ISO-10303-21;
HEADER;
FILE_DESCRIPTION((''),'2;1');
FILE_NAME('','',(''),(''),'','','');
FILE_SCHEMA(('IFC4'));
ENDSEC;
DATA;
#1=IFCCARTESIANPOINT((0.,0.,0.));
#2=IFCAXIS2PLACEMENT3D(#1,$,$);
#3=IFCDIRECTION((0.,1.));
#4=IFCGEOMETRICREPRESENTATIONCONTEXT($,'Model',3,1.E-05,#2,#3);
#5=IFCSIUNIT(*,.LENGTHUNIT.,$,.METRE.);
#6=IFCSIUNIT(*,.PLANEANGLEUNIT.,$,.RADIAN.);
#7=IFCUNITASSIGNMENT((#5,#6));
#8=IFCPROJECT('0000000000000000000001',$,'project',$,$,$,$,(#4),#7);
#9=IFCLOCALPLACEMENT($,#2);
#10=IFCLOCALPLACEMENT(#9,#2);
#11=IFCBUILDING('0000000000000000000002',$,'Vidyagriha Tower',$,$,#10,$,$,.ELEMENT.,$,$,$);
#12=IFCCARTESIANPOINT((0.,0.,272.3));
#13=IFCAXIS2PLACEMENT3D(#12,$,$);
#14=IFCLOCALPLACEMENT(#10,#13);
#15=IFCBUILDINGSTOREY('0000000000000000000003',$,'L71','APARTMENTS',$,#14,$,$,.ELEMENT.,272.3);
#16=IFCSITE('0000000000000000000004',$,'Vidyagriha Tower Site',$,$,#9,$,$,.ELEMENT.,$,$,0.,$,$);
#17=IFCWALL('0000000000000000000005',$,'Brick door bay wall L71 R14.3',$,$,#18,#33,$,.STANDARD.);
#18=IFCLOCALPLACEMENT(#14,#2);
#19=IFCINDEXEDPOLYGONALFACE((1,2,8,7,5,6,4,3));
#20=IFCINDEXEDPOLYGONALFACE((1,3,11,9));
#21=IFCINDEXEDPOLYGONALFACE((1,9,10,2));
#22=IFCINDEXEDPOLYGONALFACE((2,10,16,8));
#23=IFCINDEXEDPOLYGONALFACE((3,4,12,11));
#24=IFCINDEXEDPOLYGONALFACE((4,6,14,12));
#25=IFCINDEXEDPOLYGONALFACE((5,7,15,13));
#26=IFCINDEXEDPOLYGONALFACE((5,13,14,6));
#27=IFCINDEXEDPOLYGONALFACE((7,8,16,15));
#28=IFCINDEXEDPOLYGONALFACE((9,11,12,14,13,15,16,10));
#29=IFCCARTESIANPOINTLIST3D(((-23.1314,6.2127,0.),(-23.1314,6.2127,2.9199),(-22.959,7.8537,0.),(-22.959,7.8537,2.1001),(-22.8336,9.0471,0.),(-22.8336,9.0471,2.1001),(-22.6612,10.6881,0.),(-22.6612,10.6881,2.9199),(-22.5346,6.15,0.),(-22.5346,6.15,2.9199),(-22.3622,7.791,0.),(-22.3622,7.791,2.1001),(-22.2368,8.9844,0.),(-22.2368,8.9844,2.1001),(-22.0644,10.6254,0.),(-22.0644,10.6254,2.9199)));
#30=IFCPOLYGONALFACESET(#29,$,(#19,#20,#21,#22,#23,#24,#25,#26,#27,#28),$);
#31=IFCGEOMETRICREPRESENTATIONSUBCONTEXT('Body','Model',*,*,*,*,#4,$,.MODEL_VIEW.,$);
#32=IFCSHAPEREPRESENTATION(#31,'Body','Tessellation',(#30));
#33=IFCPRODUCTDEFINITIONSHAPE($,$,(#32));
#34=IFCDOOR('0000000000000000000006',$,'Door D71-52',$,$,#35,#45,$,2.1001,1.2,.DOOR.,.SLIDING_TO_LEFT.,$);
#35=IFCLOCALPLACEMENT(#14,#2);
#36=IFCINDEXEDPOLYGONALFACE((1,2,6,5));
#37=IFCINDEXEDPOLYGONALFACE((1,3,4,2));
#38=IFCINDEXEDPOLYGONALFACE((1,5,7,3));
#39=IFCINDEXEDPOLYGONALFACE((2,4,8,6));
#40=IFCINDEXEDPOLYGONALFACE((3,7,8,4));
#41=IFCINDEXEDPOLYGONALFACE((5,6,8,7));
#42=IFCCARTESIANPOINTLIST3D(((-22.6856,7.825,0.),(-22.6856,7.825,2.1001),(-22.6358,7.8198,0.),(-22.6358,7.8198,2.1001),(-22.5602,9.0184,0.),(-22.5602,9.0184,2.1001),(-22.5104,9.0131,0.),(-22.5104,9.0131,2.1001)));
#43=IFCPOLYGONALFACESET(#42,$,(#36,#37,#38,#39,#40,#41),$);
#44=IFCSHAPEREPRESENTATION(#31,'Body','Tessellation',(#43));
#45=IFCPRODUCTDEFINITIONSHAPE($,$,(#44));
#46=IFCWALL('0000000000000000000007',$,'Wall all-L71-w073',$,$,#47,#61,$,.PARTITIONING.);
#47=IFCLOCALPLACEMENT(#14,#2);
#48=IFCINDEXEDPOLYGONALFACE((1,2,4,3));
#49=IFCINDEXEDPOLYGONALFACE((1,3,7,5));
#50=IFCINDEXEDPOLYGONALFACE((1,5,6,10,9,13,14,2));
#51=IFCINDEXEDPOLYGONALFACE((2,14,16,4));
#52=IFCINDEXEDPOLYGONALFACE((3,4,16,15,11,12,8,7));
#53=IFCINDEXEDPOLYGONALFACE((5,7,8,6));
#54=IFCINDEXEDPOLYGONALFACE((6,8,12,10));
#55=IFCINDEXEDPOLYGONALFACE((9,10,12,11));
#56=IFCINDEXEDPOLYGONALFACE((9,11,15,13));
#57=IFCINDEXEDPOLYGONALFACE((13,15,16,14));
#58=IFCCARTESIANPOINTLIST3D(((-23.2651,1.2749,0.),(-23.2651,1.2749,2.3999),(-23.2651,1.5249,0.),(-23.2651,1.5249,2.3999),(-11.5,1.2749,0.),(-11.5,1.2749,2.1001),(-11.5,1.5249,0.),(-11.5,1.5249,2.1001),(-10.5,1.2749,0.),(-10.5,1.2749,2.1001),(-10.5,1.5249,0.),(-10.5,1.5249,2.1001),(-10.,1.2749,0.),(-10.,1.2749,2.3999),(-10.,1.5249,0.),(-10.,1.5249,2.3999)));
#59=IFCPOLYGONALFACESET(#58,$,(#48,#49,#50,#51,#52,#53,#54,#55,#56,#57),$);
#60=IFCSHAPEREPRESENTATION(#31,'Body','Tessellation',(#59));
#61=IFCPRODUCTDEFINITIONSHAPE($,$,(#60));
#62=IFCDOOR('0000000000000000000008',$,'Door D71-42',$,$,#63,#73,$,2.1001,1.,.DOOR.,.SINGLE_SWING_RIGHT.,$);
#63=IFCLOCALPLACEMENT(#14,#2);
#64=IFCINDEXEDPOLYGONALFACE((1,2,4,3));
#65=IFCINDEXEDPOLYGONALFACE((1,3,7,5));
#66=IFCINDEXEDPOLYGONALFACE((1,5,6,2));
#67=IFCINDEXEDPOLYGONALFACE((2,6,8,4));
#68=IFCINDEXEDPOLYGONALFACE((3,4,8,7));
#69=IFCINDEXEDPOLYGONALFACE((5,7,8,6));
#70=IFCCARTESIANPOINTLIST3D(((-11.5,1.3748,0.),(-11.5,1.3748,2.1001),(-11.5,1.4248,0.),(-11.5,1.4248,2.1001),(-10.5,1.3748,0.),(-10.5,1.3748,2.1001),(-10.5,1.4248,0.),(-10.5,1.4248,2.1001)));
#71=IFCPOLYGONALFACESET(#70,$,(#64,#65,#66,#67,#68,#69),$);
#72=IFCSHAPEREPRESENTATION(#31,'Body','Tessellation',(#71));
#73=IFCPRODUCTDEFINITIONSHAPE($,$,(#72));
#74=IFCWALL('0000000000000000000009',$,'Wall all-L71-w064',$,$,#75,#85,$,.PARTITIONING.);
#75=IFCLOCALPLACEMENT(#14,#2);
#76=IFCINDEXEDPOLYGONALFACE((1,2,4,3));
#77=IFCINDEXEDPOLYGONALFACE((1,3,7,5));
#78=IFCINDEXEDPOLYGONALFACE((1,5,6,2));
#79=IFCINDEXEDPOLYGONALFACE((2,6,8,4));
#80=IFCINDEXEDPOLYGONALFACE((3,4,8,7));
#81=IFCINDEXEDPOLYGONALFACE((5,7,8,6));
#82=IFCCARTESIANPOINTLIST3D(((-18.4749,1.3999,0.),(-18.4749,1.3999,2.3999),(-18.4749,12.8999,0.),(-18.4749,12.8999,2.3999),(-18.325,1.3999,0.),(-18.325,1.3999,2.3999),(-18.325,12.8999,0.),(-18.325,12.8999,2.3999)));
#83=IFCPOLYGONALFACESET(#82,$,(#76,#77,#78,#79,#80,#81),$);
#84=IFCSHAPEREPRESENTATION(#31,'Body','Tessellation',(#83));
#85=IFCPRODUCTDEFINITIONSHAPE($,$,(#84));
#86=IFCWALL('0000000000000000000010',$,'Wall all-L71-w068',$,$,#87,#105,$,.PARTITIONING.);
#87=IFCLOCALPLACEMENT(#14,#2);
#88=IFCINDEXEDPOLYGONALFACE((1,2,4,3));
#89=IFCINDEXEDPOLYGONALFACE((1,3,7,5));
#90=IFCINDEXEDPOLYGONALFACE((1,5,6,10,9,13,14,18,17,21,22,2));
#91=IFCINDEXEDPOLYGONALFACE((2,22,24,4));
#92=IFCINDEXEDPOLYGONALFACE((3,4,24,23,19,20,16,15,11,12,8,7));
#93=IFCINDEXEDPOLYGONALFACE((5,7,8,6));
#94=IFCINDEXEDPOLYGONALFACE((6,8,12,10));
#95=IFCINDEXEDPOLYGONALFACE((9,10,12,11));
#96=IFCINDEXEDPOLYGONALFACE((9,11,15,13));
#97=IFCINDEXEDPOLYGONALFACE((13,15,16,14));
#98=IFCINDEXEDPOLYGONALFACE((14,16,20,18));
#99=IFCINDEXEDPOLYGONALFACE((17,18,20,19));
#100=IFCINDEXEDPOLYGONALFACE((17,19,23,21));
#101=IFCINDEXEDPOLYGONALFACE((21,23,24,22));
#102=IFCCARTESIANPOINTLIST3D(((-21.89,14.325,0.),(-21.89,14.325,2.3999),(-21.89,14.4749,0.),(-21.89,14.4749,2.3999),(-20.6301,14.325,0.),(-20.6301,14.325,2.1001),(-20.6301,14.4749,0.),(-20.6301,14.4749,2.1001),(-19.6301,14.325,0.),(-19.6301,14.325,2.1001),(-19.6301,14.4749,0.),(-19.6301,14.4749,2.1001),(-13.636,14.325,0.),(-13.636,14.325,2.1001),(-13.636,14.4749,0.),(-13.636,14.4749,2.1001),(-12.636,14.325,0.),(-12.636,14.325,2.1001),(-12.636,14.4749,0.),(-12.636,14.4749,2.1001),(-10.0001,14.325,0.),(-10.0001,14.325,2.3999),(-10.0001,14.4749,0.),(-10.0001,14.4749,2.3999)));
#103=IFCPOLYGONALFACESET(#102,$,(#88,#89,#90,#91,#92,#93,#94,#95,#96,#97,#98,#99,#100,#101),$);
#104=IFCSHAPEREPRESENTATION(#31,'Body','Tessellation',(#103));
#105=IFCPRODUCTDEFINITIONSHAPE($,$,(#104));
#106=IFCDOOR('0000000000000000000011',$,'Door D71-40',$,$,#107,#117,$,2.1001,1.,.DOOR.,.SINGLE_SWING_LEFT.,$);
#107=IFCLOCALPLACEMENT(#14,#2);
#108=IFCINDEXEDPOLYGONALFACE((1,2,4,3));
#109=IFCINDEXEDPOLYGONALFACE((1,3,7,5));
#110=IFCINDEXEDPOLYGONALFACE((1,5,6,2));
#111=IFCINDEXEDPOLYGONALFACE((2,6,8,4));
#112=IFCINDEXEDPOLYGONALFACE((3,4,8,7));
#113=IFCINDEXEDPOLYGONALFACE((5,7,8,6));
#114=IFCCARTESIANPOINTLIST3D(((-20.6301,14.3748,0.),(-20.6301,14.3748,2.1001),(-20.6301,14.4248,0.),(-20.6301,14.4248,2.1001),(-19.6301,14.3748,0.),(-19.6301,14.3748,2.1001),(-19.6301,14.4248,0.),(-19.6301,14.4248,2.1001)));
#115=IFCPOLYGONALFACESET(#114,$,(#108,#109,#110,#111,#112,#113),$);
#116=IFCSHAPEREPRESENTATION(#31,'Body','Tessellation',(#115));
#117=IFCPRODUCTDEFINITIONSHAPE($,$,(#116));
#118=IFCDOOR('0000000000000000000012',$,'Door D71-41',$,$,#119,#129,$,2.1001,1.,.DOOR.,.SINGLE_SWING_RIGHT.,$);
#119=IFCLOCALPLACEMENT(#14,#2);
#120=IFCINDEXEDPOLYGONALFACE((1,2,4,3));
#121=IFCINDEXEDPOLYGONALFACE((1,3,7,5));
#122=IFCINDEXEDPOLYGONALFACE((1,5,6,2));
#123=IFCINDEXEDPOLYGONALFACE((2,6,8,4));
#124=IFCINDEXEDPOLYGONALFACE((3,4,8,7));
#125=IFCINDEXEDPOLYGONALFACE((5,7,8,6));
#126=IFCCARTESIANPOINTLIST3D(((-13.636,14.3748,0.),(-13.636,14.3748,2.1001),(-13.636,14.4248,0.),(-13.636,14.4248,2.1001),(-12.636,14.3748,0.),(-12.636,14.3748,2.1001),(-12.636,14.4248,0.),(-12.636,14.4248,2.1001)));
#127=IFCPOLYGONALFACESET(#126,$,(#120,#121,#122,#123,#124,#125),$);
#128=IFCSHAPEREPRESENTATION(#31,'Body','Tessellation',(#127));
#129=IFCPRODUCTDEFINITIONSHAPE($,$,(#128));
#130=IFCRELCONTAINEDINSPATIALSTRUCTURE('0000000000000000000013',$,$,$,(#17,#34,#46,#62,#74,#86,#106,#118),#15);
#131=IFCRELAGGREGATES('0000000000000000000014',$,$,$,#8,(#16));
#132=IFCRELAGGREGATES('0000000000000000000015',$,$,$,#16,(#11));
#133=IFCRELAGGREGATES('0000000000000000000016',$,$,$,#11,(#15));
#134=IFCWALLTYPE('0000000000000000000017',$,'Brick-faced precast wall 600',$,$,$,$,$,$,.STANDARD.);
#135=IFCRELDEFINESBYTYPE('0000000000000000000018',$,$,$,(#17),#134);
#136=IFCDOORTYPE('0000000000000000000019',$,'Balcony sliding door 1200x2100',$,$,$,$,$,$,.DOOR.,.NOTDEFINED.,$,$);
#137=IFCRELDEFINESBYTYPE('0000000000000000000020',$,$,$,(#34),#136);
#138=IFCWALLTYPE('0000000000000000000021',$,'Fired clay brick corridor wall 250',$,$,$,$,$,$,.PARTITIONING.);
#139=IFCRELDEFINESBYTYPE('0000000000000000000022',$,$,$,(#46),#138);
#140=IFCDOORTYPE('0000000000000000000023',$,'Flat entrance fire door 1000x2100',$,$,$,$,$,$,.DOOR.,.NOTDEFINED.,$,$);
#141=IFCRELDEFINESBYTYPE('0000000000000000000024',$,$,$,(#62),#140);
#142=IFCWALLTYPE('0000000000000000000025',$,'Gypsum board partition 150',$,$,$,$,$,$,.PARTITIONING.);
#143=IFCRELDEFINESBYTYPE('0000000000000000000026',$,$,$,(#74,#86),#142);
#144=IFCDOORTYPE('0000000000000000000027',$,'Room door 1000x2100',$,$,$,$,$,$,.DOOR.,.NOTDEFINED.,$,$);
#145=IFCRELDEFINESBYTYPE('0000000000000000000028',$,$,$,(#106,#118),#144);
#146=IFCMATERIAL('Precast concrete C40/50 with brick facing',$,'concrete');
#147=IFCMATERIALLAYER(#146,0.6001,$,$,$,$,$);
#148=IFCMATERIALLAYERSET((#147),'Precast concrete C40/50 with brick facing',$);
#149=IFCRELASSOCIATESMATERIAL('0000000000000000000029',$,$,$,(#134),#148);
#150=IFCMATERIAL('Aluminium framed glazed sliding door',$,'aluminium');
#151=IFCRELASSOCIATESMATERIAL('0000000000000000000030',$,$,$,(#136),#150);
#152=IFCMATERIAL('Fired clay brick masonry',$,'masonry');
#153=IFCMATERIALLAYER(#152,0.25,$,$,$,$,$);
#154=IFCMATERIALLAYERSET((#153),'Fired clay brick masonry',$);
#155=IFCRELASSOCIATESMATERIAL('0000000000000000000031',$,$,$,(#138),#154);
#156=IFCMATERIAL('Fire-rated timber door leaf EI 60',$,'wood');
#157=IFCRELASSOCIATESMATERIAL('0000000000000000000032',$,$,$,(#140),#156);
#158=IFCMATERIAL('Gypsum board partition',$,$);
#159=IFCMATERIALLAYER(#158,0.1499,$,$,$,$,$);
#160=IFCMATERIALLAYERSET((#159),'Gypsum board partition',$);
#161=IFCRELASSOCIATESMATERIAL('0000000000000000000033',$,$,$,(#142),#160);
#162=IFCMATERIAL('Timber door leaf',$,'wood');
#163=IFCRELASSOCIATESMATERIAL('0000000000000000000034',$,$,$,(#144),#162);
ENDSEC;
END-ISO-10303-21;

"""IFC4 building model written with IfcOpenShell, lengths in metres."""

from ifc_helpers import new_model, si_unit, direction, frame, frame_2d, origin, place, context, subcontext, project, spatial, rectangle, extrude, material, layer, layer_set, type_object, element, fill, save


model = new_model("IFC4")

# Units and contexts
model_context = context("Model", 3, precision=1e-05, world=origin(), true_north=direction((0.0, 1.0)))
body_context = subcontext(model_context, "Body", "Model", "MODEL_VIEW")
ifc_project = project(units=[si_unit("LENGTHUNIT", "METRE"), si_unit("PLANEANGLEUNIT", "RADIAN")], contexts=[model_context])

# Site, building, storey
site_placement = place(None, origin())
site = spatial("IfcSite", under=ifc_project, at=site_placement, Name="Vidyagriha Tower Site", CompositionType="ELEMENT", RefElevation=0.0)
building_placement = place(site_placement, origin())
building = spatial("IfcBuilding", under=site, at=building_placement, Name="Vidyagriha Tower", CompositionType="ELEMENT")
storey_placement = place(building_placement, frame((0.0, 0.0, 272.3)))
storey = spatial("IfcBuildingStorey", under=building, at=storey_placement, Name="L71", Description="APARTMENTS", CompositionType="ELEMENT", Elevation=272.3)

# Walls, openings, doors
ifc_material_1 = material(Name="Precast concrete C40/50 with brick facing", Category="concrete")
ifc_layer_1 = layer(ifc_material_1, 0.6001)
ifc_layer_set_1 = layer_set([ifc_layer_1], Name="Precast concrete C40/50 with brick facing")
wall_type_1 = type_object("IfcWallType", Name="Brick-faced precast wall 600", PredefinedType="STANDARD", material=ifc_layer_set_1)
wall_1_placement = place(storey_placement, frame((-22.3628, 10.6567, 0.0), z_axis=(0.0, 0.0, 1.0), x_axis=(-0.104493, -0.994526, 0.0)))
wall_1 = element("IfcWall", 1, at=wall_1_placement, inside=storey, type_object=wall_type_1, Name="Brick door bay wall L71 R14.3", PredefinedType="STANDARD", context=body_context, shape_type="SweptSolid", body=[
    extrude(rectangle(XDim=4.5, YDim=0.6001, at=frame_2d((2.25, 0.0))), origin(), (0.0, 0.0, 1.0), 2.9199),
])
opening_1_placement = place(wall_1_placement, frame((1.6499, 0.0, 0.0)))
opening_1 = element("IfcOpeningElement", 2, at=opening_1_placement, cuts=wall_1, PredefinedType="OPENING", context=body_context, shape_type="SweptSolid", body=[
    extrude(rectangle(XDim=1.2, YDim=2.1001, at=frame_2d((0.6001, 1.05))), frame((0.0, 0.3101, 0.0), z_axis=(0.0, -1.0, 0.0), x_axis=(1.0, 0.0, 0.0)), (0.0, 0.0, 1.0), 0.6201),
])
ifc_material_2 = material(Name="Aluminium framed glazed sliding door", Category="aluminium")
door_type_1 = type_object("IfcDoorType", Name="Balcony sliding door 1200x2100", OperationType="NOTDEFINED", PredefinedType="DOOR", material=ifc_material_2)
door_1_placement = place(opening_1_placement, origin())
door_1 = element("IfcDoor", 3, at=door_1_placement, inside=storey, type_object=door_type_1, Name="Door D71-52", OperationType="SLIDING_TO_LEFT", OverallHeight=2.1001, OverallWidth=1.2, PredefinedType="DOOR", context=body_context, shape_type="SweptSolid", body=[
    extrude(rectangle(XDim=1.2, YDim=2.1001, at=frame_2d((0.6001, 1.05))), frame((0.0, 0.0249, 0.0), z_axis=(0.0, -1.0, 0.0), x_axis=(1.0, 0.0, 0.0)), (0.0, 0.0, 1.0), 0.05),
])
fill(opening_1, door_1)
ifc_material_3 = material(Name="Fired clay brick masonry", Category="masonry")
ifc_layer_2 = layer(ifc_material_3, 0.25)
ifc_layer_set_2 = layer_set([ifc_layer_2], Name="Fired clay brick masonry")
wall_type_2 = type_object("IfcWallType", Name="Fired clay brick corridor wall 250", PredefinedType="PARTITIONING", material=ifc_layer_set_2)
wall_2_placement = place(storey_placement, frame((-23.2651, 1.3999, 0.0)))
wall_2 = element("IfcWall", 4, at=wall_2_placement, inside=storey, type_object=wall_type_2, Name="Wall all-L71-w073", PredefinedType="PARTITIONING", context=body_context, shape_type="SweptSolid", body=[
    extrude(rectangle(XDim=13.2651, YDim=0.25, at=frame_2d((6.6326, 0.0))), origin(), (0.0, 0.0, 1.0), 2.3999),
])
opening_2_placement = place(wall_2_placement, frame((11.7651, 0.0, 0.0)))
opening_2 = element("IfcOpeningElement", 5, at=opening_2_placement, cuts=wall_2, PredefinedType="OPENING", context=body_context, shape_type="SweptSolid", body=[
    extrude(rectangle(XDim=1.0, YDim=2.1001, at=frame_2d((0.5, 1.05))), frame((0.0, 0.135, 0.0), z_axis=(0.0, -1.0, 0.0), x_axis=(1.0, 0.0, 0.0)), (0.0, 0.0, 1.0), 0.27),
])
ifc_material_4 = material(Name="Fire-rated timber door leaf EI 60", Category="wood")
door_type_2 = type_object("IfcDoorType", Name="Flat entrance fire door 1000x2100", OperationType="NOTDEFINED", PredefinedType="DOOR", material=ifc_material_4)
door_2_placement = place(opening_2_placement, origin())
door_2 = element("IfcDoor", 6, at=door_2_placement, inside=storey, type_object=door_type_2, Name="Door D71-42", OperationType="SINGLE_SWING_RIGHT", OverallHeight=2.1001, OverallWidth=1.0, PredefinedType="DOOR", context=body_context, shape_type="SweptSolid", body=[
    extrude(rectangle(XDim=1.0, YDim=2.1001, at=frame_2d((0.5, 1.05))), frame((0.0, 0.0249, 0.0), z_axis=(0.0, -1.0, 0.0), x_axis=(1.0, 0.0, 0.0)), (0.0, 0.0, 1.0), 0.05),
])
fill(opening_2, door_2)

# Wall
ifc_material_5 = material(Name="Gypsum board partition")
ifc_layer_3 = layer(ifc_material_5, 0.1499)
ifc_layer_set_3 = layer_set([ifc_layer_3], Name="Gypsum board partition")
wall_type_3 = type_object("IfcWallType", Name="Gypsum board partition 150", PredefinedType="PARTITIONING", material=ifc_layer_set_3)
wall_3_placement = place(storey_placement, frame((-18.3999, 1.3999, 0.0), z_axis=(0.0, 0.0, 1.0), x_axis=(0.0, 1.0, 0.0)))
element("IfcWall", 7, at=wall_3_placement, inside=storey, type_object=wall_type_3, Name="Wall all-L71-w064", PredefinedType="PARTITIONING", context=body_context, shape_type="SweptSolid", body=[
    extrude(rectangle(XDim=11.5, YDim=0.1499, at=frame_2d((5.75, 0.0))), origin(), (0.0, 0.0, 1.0), 2.3999),
])

# Wall, openings, doors
wall_4_placement = place(storey_placement, frame((-21.8899, 14.3999, 0.0)))
wall_4 = element("IfcWall", 8, at=wall_4_placement, inside=storey, type_object=wall_type_3, Name="Wall all-L71-w068", PredefinedType="PARTITIONING", context=body_context, shape_type="SweptSolid", body=[
    extrude(rectangle(XDim=11.8899, YDim=0.1499, at=frame_2d((5.9448, 0.0))), origin(), (0.0, 0.0, 1.0), 2.3999),
])
opening_3_placement = place(wall_4_placement, frame((1.2598, 0.0, 0.0)))
opening_3 = element("IfcOpeningElement", 9, at=opening_3_placement, cuts=wall_4, PredefinedType="OPENING", context=body_context, shape_type="SweptSolid", body=[
    extrude(rectangle(XDim=1.0, YDim=2.1001, at=frame_2d((0.5, 1.05))), frame((0.0, 0.085, 0.0), z_axis=(0.0, -1.0, 0.0), x_axis=(1.0, 0.0, 0.0)), (0.0, 0.0, 1.0), 0.1699),
])
opening_4_placement = place(wall_4_placement, frame((8.2539, 0.0, 0.0)))
opening_4 = element("IfcOpeningElement", 10, at=opening_4_placement, cuts=wall_4, PredefinedType="OPENING", context=body_context, shape_type="SweptSolid", body=[
    extrude(rectangle(XDim=1.0, YDim=2.1001, at=frame_2d((0.5, 1.05))), frame((0.0, 0.085, 0.0), z_axis=(0.0, -1.0, 0.0), x_axis=(1.0, 0.0, 0.0)), (0.0, 0.0, 1.0), 0.1699),
])
ifc_material_6 = material(Name="Timber door leaf", Category="wood")
door_type_3 = type_object("IfcDoorType", Name="Room door 1000x2100", OperationType="NOTDEFINED", PredefinedType="DOOR", material=ifc_material_6)
door_3_placement = place(opening_3_placement, origin())
door_3 = element("IfcDoor", 11, at=door_3_placement, inside=storey, type_object=door_type_3, Name="Door D71-40", OperationType="SINGLE_SWING_LEFT", OverallHeight=2.1001, OverallWidth=1.0, PredefinedType="DOOR", context=body_context, shape_type="SweptSolid", body=[
    extrude(rectangle(XDim=1.0, YDim=2.1001, at=frame_2d((0.5, 1.05))), frame((0.0, 0.0249, 0.0), z_axis=(0.0, -1.0, 0.0), x_axis=(1.0, 0.0, 0.0)), (0.0, 0.0, 1.0), 0.05),
])
fill(opening_3, door_3)
door_4_placement = place(opening_4_placement, origin())
door_4 = element("IfcDoor", 12, at=door_4_placement, inside=storey, type_object=door_type_3, Name="Door D71-41", OperationType="SINGLE_SWING_RIGHT", OverallHeight=2.1001, OverallWidth=1.0, PredefinedType="DOOR", context=body_context, shape_type="SweptSolid", body=[
    extrude(rectangle(XDim=1.0, YDim=2.1001, at=frame_2d((0.5, 1.05))), frame((0.0, 0.0249, 0.0), z_axis=(0.0, -1.0, 0.0), x_axis=(1.0, 0.0, 0.0)), (0.0, 0.0, 1.0), 0.05),
])
fill(opening_4, door_4)

save(model, "model.ifc")
